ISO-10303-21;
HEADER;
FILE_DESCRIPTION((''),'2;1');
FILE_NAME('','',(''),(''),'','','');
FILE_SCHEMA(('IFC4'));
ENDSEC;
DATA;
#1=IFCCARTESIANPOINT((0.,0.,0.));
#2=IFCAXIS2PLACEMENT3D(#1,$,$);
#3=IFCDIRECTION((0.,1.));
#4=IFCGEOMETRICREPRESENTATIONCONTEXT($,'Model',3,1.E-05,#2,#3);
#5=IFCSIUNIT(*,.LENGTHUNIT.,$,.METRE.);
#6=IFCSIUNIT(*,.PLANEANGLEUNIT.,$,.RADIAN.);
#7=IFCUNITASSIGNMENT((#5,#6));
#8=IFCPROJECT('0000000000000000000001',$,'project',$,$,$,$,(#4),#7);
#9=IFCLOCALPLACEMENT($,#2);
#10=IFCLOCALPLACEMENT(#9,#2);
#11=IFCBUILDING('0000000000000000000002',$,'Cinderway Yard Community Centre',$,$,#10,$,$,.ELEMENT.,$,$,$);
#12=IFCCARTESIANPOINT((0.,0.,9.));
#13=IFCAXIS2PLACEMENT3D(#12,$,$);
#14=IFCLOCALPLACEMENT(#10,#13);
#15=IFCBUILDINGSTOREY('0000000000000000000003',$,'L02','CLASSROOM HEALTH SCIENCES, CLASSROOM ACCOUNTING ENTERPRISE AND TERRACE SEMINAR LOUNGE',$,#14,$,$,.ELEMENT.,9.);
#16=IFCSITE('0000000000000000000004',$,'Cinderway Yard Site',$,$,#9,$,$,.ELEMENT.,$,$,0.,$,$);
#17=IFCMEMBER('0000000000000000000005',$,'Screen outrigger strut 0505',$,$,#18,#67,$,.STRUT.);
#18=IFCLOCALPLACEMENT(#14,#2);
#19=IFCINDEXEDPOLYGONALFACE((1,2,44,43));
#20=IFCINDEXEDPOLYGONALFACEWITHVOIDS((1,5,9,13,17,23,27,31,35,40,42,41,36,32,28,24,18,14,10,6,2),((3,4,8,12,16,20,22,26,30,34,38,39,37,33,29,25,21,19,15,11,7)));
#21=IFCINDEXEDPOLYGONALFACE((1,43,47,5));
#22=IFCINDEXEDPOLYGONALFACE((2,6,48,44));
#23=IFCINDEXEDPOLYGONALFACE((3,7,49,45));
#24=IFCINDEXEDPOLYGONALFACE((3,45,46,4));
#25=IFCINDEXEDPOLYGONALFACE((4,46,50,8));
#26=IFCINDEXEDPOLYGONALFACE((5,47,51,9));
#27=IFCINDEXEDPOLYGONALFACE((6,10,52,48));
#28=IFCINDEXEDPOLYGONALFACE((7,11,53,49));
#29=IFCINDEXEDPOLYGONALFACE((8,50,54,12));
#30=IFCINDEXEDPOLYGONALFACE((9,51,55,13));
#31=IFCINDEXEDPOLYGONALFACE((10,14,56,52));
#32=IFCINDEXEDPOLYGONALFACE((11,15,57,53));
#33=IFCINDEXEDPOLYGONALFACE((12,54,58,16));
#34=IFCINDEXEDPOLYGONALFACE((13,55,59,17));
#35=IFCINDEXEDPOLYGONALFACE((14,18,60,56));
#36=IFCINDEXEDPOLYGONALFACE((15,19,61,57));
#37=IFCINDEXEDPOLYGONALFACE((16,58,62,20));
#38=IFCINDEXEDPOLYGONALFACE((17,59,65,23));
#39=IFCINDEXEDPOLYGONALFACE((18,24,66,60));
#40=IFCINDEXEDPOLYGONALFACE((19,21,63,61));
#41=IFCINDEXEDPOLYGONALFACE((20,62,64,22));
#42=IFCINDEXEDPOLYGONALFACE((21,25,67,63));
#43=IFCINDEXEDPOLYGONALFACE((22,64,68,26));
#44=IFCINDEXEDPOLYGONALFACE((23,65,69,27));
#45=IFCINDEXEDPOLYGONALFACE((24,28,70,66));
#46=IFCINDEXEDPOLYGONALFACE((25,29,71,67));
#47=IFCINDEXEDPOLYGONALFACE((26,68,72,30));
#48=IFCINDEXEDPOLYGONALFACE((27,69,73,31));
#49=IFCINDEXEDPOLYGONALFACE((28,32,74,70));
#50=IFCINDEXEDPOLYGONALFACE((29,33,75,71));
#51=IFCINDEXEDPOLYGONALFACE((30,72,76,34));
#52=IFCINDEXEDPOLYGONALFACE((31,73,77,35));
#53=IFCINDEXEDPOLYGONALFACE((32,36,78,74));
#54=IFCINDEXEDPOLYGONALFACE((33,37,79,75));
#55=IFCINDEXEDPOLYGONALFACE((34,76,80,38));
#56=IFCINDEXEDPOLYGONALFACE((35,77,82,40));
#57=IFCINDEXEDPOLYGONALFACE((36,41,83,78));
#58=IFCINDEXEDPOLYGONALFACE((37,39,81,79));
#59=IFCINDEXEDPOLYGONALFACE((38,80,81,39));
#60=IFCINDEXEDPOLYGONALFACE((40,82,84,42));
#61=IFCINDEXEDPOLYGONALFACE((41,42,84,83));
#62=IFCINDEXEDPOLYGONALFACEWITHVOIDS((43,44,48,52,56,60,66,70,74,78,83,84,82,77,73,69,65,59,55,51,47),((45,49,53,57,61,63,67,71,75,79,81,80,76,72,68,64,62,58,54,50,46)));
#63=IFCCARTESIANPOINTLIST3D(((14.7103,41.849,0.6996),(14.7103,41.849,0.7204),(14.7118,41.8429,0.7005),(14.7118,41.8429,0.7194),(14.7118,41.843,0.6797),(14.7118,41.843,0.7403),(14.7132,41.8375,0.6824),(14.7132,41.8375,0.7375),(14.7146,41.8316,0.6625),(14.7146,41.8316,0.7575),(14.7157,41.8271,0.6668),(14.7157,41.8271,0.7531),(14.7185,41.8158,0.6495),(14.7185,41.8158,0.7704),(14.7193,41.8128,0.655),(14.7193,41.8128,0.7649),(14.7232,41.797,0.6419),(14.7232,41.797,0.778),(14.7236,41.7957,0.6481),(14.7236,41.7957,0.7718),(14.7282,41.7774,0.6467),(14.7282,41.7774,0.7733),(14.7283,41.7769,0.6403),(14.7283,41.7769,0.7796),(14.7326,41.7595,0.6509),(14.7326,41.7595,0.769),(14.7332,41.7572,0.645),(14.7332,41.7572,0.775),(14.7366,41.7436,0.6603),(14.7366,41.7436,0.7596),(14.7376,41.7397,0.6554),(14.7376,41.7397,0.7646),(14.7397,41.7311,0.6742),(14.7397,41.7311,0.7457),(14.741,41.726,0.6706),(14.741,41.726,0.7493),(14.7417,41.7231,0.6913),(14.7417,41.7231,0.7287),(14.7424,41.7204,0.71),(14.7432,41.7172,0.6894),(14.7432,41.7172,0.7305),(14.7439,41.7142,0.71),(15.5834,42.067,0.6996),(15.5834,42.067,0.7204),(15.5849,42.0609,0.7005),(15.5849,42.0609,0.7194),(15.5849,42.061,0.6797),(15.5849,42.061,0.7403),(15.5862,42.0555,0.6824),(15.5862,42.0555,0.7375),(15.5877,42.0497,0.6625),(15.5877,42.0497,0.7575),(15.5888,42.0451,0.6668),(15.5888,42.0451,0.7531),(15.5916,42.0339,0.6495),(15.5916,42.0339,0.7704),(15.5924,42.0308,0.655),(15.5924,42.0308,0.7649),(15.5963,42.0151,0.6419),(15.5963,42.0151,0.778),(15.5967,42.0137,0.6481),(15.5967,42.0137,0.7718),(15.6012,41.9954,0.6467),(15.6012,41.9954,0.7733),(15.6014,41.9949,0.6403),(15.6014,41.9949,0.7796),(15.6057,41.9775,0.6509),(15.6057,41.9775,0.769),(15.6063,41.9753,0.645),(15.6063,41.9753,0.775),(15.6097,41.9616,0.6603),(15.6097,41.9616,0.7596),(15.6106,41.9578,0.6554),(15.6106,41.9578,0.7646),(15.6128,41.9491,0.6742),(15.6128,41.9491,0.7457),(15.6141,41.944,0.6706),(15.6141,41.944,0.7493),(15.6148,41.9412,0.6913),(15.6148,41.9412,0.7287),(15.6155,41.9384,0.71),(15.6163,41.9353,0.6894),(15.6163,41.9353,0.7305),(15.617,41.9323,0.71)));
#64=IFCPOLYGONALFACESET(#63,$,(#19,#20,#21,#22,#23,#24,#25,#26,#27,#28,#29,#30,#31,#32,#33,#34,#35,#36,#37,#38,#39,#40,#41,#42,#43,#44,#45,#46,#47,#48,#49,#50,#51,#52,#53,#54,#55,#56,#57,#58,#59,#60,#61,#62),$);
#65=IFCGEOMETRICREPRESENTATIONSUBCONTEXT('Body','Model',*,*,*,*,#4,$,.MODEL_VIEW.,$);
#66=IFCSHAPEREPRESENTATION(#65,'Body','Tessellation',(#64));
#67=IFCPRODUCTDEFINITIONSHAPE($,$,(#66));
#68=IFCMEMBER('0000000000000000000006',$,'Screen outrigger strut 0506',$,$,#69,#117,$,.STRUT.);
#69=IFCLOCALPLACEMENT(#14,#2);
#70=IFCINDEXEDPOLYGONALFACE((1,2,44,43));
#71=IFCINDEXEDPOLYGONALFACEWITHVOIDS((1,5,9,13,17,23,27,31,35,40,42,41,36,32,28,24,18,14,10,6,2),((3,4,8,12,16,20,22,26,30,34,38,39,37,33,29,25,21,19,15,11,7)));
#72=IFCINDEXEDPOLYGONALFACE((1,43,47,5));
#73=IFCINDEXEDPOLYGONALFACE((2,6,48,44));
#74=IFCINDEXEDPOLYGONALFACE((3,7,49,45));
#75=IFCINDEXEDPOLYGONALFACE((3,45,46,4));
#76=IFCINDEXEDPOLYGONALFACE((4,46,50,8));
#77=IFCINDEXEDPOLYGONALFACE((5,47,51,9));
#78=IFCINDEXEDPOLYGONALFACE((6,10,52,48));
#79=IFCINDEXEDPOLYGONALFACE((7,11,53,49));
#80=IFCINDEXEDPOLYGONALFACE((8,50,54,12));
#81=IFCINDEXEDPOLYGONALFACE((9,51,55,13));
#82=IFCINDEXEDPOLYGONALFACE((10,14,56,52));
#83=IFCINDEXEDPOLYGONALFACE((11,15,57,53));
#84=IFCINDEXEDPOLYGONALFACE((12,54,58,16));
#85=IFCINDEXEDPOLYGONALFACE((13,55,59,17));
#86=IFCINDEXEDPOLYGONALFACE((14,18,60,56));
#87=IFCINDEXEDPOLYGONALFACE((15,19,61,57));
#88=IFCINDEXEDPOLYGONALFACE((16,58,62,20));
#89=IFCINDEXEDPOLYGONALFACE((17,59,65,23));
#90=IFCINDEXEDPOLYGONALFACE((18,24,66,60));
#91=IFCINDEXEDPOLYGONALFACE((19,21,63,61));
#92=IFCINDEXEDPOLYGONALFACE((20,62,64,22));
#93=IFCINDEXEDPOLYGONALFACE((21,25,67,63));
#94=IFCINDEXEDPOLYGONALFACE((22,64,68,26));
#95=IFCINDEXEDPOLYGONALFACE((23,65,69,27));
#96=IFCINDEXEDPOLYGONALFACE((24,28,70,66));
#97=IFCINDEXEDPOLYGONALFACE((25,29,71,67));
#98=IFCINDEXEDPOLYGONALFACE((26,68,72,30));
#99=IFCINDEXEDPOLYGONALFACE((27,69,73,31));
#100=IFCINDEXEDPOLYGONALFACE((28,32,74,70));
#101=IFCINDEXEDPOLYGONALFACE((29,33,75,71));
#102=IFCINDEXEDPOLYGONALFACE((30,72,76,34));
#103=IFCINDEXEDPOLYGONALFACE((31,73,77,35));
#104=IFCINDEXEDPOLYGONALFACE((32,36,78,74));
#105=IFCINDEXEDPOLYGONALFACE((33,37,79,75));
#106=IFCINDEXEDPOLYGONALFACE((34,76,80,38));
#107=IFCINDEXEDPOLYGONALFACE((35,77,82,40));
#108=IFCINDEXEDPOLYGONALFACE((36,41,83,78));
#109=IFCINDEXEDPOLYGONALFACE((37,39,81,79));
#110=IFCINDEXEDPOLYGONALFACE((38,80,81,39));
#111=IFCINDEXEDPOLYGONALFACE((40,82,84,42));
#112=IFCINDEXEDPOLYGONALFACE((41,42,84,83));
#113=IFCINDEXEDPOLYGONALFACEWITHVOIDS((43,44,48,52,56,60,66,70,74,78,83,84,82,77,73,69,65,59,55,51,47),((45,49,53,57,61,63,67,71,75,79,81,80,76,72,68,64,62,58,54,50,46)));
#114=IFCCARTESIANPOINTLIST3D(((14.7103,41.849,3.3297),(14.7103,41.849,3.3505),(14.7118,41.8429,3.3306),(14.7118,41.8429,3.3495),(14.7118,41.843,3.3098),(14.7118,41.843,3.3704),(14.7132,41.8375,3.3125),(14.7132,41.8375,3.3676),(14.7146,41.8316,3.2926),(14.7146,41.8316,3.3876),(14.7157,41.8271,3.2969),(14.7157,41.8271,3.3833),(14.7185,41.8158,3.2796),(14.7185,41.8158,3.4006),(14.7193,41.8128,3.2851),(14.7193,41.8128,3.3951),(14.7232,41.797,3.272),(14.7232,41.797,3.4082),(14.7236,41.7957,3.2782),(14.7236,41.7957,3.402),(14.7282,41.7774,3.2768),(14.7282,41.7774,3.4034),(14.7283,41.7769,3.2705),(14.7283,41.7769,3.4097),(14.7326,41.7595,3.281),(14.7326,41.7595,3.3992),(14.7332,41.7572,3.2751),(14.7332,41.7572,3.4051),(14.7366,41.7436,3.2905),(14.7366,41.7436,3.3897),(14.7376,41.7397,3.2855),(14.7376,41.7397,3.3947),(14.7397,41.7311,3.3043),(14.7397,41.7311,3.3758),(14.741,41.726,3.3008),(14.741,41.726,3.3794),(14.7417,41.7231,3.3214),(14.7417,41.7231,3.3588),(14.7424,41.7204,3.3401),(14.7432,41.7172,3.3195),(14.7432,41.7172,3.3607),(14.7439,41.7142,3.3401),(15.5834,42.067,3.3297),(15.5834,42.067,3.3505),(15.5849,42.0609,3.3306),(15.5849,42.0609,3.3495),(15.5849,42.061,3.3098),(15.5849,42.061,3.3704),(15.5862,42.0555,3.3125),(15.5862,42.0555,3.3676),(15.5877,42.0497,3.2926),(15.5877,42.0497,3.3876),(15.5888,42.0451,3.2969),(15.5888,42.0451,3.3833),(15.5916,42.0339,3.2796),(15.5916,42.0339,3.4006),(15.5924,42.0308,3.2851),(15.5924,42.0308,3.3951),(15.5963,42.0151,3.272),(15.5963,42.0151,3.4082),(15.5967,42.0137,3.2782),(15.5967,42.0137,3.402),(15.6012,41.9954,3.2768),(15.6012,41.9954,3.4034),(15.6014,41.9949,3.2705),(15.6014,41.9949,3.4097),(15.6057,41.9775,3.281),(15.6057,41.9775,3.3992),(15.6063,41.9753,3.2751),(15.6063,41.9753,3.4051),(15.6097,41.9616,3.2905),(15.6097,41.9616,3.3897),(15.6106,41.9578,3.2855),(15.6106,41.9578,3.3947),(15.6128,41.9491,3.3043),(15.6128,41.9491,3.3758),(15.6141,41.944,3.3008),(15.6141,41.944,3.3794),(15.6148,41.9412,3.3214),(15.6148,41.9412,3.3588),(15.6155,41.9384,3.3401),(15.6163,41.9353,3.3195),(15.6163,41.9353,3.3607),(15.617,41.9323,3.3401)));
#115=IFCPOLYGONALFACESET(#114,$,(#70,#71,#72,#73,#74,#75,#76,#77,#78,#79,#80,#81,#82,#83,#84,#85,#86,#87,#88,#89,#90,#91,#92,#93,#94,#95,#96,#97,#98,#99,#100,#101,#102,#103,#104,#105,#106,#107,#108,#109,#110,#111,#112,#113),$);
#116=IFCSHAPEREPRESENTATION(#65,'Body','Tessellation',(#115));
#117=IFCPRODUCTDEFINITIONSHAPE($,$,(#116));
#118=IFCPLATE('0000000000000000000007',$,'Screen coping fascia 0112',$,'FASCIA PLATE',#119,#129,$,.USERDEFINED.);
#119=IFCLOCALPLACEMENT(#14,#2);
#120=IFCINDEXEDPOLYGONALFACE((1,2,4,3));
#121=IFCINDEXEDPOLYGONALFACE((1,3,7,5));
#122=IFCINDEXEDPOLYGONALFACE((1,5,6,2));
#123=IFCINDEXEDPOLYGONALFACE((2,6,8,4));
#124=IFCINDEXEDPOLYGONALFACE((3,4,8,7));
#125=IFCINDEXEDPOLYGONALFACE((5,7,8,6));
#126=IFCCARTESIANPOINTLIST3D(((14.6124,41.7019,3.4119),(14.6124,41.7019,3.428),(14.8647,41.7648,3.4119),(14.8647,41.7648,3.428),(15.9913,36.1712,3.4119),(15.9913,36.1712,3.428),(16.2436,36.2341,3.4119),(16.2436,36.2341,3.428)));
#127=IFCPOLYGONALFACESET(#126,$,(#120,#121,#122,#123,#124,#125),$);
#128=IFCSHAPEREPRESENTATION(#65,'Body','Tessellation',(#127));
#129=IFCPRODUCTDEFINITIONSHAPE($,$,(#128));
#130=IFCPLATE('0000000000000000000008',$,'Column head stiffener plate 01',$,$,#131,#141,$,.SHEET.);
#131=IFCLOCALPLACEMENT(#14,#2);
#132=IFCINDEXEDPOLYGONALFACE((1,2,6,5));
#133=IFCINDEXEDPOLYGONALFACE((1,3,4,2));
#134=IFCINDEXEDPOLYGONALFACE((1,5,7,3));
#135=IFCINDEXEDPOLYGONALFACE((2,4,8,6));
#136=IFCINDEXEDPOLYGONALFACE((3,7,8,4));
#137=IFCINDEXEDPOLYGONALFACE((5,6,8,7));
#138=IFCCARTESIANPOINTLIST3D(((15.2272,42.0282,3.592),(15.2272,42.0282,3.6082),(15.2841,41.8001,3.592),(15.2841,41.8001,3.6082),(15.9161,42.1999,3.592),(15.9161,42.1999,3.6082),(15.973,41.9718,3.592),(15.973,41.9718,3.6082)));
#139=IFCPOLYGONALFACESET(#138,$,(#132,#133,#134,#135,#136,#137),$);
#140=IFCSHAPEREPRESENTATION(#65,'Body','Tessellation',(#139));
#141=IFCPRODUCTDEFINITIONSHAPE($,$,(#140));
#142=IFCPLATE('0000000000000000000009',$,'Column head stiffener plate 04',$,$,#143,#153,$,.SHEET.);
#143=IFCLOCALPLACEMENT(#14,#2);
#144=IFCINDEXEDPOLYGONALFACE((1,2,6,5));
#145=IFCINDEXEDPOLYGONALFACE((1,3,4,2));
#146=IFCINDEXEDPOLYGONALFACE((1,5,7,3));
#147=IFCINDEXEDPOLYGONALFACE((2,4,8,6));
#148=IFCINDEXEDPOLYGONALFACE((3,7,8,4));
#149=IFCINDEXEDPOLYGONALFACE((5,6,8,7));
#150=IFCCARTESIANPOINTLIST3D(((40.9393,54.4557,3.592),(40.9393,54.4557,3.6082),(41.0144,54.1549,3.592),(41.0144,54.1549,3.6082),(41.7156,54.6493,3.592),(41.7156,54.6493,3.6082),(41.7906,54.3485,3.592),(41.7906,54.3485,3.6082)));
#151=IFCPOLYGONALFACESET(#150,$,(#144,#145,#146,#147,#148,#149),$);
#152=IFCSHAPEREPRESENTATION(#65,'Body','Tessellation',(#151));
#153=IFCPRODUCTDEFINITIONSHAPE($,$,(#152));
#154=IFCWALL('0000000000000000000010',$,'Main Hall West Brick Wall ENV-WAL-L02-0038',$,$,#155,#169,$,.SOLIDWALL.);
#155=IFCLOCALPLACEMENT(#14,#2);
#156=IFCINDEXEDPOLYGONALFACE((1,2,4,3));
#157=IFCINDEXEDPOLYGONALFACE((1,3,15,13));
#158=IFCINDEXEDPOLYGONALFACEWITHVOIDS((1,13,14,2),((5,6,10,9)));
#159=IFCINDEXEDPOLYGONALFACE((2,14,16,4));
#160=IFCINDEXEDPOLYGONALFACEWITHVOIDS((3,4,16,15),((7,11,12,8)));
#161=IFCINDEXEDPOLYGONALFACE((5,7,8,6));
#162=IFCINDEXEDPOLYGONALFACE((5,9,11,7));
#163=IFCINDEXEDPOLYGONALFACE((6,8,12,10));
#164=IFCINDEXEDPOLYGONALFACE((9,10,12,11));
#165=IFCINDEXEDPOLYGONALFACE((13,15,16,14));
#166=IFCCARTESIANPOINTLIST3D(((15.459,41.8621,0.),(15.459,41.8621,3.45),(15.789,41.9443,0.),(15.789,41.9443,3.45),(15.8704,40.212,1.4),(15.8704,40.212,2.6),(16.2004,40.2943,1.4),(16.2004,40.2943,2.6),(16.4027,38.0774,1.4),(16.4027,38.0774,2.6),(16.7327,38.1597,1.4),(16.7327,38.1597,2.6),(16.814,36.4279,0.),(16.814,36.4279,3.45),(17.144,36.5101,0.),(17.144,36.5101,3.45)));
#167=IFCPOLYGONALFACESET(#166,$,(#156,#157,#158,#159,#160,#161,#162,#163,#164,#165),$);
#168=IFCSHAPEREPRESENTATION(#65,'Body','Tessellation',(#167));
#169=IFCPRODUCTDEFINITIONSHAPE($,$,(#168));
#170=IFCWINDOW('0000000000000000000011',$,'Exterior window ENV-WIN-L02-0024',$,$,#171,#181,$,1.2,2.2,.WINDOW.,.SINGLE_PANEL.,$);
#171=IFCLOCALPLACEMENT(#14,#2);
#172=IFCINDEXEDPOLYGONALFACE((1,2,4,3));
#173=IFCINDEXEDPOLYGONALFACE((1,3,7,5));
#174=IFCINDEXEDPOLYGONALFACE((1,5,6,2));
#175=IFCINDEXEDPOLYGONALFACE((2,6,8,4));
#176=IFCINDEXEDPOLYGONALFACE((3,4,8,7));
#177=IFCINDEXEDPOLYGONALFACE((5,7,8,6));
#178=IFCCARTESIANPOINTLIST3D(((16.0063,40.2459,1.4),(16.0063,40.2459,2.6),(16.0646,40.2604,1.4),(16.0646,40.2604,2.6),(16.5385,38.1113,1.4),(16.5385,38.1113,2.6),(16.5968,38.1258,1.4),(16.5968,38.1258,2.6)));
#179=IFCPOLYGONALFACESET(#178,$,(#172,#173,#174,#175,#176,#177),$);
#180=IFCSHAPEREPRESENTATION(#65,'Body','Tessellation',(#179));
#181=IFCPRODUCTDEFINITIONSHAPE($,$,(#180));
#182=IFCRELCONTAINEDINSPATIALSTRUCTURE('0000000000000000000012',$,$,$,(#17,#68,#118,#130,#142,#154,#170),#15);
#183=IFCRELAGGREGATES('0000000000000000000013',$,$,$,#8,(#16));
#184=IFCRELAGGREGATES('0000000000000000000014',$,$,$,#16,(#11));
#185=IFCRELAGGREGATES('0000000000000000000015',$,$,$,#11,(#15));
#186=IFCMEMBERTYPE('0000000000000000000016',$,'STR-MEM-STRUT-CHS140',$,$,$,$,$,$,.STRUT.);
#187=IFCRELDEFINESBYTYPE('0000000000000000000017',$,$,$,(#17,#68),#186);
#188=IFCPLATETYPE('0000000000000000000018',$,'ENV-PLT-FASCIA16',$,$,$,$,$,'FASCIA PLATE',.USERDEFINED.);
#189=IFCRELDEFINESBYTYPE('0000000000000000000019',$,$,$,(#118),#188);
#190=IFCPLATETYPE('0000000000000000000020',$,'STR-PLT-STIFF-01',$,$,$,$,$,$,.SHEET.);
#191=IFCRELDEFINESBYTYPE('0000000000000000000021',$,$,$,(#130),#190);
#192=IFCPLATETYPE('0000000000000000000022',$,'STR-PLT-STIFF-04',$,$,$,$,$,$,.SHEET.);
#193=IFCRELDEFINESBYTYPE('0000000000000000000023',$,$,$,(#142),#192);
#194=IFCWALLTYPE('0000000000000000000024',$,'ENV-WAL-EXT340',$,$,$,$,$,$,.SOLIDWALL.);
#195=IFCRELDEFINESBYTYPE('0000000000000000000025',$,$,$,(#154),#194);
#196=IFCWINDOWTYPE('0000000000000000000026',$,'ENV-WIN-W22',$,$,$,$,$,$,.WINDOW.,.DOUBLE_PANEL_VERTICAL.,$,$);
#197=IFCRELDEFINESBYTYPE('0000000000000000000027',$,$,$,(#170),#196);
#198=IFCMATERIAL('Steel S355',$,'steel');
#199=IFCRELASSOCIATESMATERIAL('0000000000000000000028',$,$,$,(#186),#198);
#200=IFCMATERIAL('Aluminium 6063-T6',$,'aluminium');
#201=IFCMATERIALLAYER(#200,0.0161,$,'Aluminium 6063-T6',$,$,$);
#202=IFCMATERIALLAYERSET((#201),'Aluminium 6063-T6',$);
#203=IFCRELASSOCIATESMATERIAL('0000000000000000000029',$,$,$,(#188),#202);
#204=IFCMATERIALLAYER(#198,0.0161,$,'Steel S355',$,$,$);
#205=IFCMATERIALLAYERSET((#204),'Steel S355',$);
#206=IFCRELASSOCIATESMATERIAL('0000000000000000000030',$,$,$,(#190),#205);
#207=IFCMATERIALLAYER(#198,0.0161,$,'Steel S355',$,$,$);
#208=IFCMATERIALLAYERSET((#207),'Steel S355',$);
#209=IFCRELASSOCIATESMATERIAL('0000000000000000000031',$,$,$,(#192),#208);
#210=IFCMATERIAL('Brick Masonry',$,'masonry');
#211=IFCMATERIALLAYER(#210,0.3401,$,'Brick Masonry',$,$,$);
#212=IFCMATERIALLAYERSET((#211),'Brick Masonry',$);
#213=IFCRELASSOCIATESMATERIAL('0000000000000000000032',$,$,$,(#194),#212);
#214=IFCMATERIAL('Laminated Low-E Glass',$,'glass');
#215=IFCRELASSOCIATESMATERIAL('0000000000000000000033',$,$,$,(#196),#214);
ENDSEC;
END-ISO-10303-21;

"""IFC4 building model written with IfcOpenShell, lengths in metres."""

from ifc_helpers import new_model, si_unit, direction, frame, frame_2d, origin, origin_2d, place, context, subcontext, project, spatial, rectangle, hollow_circle, extrude, material, layer, layer_set, material_profile, profile_set, type_object, element, fill, save


model = new_model("IFC4")

# Units and contexts
model_context = context("Model", 3, precision=1e-05, world=origin(), true_north=direction((0.0, 1.0)))
body_context = subcontext(model_context, "Body", "Model", "MODEL_VIEW")
ifc_project = project(units=[si_unit("LENGTHUNIT", "METRE"), si_unit("PLANEANGLEUNIT", "RADIAN")], contexts=[model_context])

# Site, building, storey
site_placement = place(None, origin())
site = spatial("IfcSite", under=ifc_project, at=site_placement, Name="Cinderway Yard Site", CompositionType="ELEMENT", RefElevation=0.0)
building_placement = place(site_placement, origin())
building = spatial("IfcBuilding", under=site, at=building_placement, Name="Cinderway Yard Community Centre", CompositionType="ELEMENT")
storey_placement = place(building_placement, frame((0.0, 0.0, 9.0)))
storey = spatial("IfcBuildingStorey", under=building, at=storey_placement, Name="L02", Description="CLASSROOM HEALTH SCIENCES, CLASSROOM ACCOUNTING ENTERPRISE AND TERRACE SEMINAR LOUNGE", CompositionType="ELEMENT", Elevation=9.0)

# Shared definitions
ifc_material_1 = material(Name="Steel S355", Category="steel")

# Members
ifc_material_profile_1 = material_profile(ifc_material_1, hollow_circle(Radius=0.0698, WallThickness=0.0063, at=origin_2d()), Name="Steel S355")
ifc_profile_set_1 = profile_set([ifc_material_profile_1], Name="Steel S355")
member_type_1 = type_object("IfcMemberType", Name="STR-MEM-STRUT-CHS140", PredefinedType="STRUT", material=ifc_profile_set_1)
for number, where, z_axis, x_axis, name in (
    (1, (15.6001, 42.0, 0.71), (-0.970206, -0.24228, 0.0), (0.24228, -0.970206, 0.0), "Screen outrigger strut 0505"),
    (2, (15.6001, 42.0, 3.3401), (-0.970206, -0.24228, 0.0), (0.24228, -0.970206, 0.0), "Screen outrigger strut 0506"),
):
    element("IfcMember", number, at=place(storey_placement, frame(where, z_axis=z_axis, x_axis=x_axis)), inside=storey, type_object=member_type_1, Name=name, PredefinedType="STRUT", context=body_context, shape_type="SweptSolid", body=[
        extrude(hollow_circle(Radius=0.0698, WallThickness=0.0063, at=origin_2d()), origin(), (0.0, 0.0, 1.0), 0.8999),
    ])

# Plates
ifc_material_2 = material(Name="Aluminium 6063-T6", Category="aluminium")
ifc_layer_1 = layer(ifc_material_2, 0.0161, Name="Aluminium 6063-T6")
ifc_layer_set_1 = layer_set([ifc_layer_1], Name="Aluminium 6063-T6")
plate_type_1 = type_object("IfcPlateType", Name="ENV-PLT-FASCIA16", ElementType="FASCIA PLATE", PredefinedType="USERDEFINED", material=ifc_layer_set_1)
plate_1_placement = place(storey_placement, frame((15.428, 38.968, 3.4119), z_axis=(0.0, 0.0, 1.0), x_axis=(-0.241922, 0.970296, 0.0)))
element("IfcPlate", 3, at=plate_1_placement, inside=storey, type_object=plate_type_1, Name="Screen coping fascia 0112", ObjectType="FASCIA PLATE", PredefinedType="USERDEFINED", context=body_context, shape_type="SweptSolid", body=[
    extrude(rectangle(XDim=5.7, YDim=0.26, at=origin_2d()), origin(), (0.0, 0.0, 1.0), 0.0161),
])
ifc_layer_2 = layer(ifc_material_1, 0.0161, Name="Steel S355")
ifc_layer_set_2 = layer_set([ifc_layer_2], Name="Steel S355")
plate_type_2 = type_object("IfcPlateType", Name="STR-PLT-STIFF-01", PredefinedType="SHEET", material=ifc_layer_set_2)
plate_2_placement = place(storey_placement, frame((15.6001, 42.0, 3.592), z_axis=(0.0, 0.0, 1.0), x_axis=(0.970296, 0.241922, 0.0)))
element("IfcPlate", 4, at=plate_2_placement, inside=storey, type_object=plate_type_2, Name="Column head stiffener plate 01", PredefinedType="SHEET", context=body_context, shape_type="SweptSolid", body=[
    extrude(rectangle(XDim=0.71, YDim=0.2351, at=origin_2d()), origin(), (0.0, 0.0, 1.0), 0.0161),
])
ifc_layer_3 = layer(ifc_material_1, 0.0161, Name="Steel S355")
ifc_layer_set_3 = layer_set([ifc_layer_3], Name="Steel S355")
plate_type_3 = type_object("IfcPlateType", Name="STR-PLT-STIFF-04", PredefinedType="SHEET", material=ifc_layer_set_3)
plate_3_placement = place(storey_placement, frame((41.365, 54.4021, 3.592), z_axis=(0.0, 0.0, 1.0), x_axis=(0.970296, 0.241922, 0.0)))
element("IfcPlate", 5, at=plate_3_placement, inside=storey, type_object=plate_type_3, Name="Column head stiffener plate 04", PredefinedType="SHEET", context=body_context, shape_type="SweptSolid", body=[
    extrude(rectangle(XDim=0.8, YDim=0.3101, at=origin_2d()), origin(), (0.0, 0.0, 1.0), 0.0161),
])

# Wall, opening, window
ifc_material_3 = material(Name="Brick Masonry", Category="masonry")
ifc_layer_4 = layer(ifc_material_3, 0.3401, Name="Brick Masonry")
ifc_layer_set_4 = layer_set([ifc_layer_4], Name="Brick Masonry")
wall_type = type_object("IfcWallType", Name="ENV-WAL-EXT340", PredefinedType="SOLIDWALL", material=ifc_layer_set_4)
wall_1_placement = place(storey_placement, frame((16.979, 36.469, 0.0), z_axis=(0.0, 0.0, 1.0), x_axis=(-0.241941, 0.970291, 0.0)))
wall_1 = element("IfcWall", 6, at=wall_1_placement, inside=storey, type_object=wall_type, Name="Main Hall West Brick Wall ENV-WAL-L02-0038", PredefinedType="SOLIDWALL", context=body_context, shape_type="SweptSolid", body=[
    extrude(rectangle(XDim=5.6006, YDim=0.3401, at=frame_2d((2.8003, 0.0))), origin(), (0.0, 0.0, 1.0), 3.45),
])
opening_1_placement = place(wall_1_placement, frame((1.7, 0.0, 1.3999)))
opening_1 = element("IfcOpeningElement", 7, at=opening_1_placement, cuts=wall_1, PredefinedType="OPENING", context=body_context, shape_type="SweptSolid", body=[
    extrude(rectangle(XDim=2.2, YDim=1.2, at=frame_2d((1.1001, 0.6001))), frame((0.0, 0.1799, 0.0), z_axis=(0.0, -1.0, 0.0), x_axis=(1.0, 0.0, 0.0)), (0.0, 0.0, 1.0), 0.3601),
])
ifc_material_4 = material(Name="Laminated Low-E Glass", Category="glass")
window_type_1 = type_object("IfcWindowType", Name="ENV-WIN-W22", PartitioningType="DOUBLE_PANEL_VERTICAL", PredefinedType="WINDOW", material=ifc_material_4)
window_1_placement = place(opening_1_placement, origin())
window_1 = element("IfcWindow", 8, at=window_1_placement, inside=storey, type_object=window_type_1, Name="Exterior window ENV-WIN-L02-0024", OverallHeight=1.2, OverallWidth=2.2, PartitioningType="SINGLE_PANEL", PredefinedType="WINDOW", context=body_context, shape_type="SweptSolid", body=[
    extrude(rectangle(XDim=2.2, YDim=1.2, at=frame_2d((1.1001, 0.6001))), frame((0.0, 0.03, 0.0), z_axis=(0.0, -1.0, 0.0), x_axis=(1.0, 0.0, 0.0)), (0.0, 0.0, 1.0), 0.0601),
])
fill(opening_1, window_1)

save(model, "model.ifc")
